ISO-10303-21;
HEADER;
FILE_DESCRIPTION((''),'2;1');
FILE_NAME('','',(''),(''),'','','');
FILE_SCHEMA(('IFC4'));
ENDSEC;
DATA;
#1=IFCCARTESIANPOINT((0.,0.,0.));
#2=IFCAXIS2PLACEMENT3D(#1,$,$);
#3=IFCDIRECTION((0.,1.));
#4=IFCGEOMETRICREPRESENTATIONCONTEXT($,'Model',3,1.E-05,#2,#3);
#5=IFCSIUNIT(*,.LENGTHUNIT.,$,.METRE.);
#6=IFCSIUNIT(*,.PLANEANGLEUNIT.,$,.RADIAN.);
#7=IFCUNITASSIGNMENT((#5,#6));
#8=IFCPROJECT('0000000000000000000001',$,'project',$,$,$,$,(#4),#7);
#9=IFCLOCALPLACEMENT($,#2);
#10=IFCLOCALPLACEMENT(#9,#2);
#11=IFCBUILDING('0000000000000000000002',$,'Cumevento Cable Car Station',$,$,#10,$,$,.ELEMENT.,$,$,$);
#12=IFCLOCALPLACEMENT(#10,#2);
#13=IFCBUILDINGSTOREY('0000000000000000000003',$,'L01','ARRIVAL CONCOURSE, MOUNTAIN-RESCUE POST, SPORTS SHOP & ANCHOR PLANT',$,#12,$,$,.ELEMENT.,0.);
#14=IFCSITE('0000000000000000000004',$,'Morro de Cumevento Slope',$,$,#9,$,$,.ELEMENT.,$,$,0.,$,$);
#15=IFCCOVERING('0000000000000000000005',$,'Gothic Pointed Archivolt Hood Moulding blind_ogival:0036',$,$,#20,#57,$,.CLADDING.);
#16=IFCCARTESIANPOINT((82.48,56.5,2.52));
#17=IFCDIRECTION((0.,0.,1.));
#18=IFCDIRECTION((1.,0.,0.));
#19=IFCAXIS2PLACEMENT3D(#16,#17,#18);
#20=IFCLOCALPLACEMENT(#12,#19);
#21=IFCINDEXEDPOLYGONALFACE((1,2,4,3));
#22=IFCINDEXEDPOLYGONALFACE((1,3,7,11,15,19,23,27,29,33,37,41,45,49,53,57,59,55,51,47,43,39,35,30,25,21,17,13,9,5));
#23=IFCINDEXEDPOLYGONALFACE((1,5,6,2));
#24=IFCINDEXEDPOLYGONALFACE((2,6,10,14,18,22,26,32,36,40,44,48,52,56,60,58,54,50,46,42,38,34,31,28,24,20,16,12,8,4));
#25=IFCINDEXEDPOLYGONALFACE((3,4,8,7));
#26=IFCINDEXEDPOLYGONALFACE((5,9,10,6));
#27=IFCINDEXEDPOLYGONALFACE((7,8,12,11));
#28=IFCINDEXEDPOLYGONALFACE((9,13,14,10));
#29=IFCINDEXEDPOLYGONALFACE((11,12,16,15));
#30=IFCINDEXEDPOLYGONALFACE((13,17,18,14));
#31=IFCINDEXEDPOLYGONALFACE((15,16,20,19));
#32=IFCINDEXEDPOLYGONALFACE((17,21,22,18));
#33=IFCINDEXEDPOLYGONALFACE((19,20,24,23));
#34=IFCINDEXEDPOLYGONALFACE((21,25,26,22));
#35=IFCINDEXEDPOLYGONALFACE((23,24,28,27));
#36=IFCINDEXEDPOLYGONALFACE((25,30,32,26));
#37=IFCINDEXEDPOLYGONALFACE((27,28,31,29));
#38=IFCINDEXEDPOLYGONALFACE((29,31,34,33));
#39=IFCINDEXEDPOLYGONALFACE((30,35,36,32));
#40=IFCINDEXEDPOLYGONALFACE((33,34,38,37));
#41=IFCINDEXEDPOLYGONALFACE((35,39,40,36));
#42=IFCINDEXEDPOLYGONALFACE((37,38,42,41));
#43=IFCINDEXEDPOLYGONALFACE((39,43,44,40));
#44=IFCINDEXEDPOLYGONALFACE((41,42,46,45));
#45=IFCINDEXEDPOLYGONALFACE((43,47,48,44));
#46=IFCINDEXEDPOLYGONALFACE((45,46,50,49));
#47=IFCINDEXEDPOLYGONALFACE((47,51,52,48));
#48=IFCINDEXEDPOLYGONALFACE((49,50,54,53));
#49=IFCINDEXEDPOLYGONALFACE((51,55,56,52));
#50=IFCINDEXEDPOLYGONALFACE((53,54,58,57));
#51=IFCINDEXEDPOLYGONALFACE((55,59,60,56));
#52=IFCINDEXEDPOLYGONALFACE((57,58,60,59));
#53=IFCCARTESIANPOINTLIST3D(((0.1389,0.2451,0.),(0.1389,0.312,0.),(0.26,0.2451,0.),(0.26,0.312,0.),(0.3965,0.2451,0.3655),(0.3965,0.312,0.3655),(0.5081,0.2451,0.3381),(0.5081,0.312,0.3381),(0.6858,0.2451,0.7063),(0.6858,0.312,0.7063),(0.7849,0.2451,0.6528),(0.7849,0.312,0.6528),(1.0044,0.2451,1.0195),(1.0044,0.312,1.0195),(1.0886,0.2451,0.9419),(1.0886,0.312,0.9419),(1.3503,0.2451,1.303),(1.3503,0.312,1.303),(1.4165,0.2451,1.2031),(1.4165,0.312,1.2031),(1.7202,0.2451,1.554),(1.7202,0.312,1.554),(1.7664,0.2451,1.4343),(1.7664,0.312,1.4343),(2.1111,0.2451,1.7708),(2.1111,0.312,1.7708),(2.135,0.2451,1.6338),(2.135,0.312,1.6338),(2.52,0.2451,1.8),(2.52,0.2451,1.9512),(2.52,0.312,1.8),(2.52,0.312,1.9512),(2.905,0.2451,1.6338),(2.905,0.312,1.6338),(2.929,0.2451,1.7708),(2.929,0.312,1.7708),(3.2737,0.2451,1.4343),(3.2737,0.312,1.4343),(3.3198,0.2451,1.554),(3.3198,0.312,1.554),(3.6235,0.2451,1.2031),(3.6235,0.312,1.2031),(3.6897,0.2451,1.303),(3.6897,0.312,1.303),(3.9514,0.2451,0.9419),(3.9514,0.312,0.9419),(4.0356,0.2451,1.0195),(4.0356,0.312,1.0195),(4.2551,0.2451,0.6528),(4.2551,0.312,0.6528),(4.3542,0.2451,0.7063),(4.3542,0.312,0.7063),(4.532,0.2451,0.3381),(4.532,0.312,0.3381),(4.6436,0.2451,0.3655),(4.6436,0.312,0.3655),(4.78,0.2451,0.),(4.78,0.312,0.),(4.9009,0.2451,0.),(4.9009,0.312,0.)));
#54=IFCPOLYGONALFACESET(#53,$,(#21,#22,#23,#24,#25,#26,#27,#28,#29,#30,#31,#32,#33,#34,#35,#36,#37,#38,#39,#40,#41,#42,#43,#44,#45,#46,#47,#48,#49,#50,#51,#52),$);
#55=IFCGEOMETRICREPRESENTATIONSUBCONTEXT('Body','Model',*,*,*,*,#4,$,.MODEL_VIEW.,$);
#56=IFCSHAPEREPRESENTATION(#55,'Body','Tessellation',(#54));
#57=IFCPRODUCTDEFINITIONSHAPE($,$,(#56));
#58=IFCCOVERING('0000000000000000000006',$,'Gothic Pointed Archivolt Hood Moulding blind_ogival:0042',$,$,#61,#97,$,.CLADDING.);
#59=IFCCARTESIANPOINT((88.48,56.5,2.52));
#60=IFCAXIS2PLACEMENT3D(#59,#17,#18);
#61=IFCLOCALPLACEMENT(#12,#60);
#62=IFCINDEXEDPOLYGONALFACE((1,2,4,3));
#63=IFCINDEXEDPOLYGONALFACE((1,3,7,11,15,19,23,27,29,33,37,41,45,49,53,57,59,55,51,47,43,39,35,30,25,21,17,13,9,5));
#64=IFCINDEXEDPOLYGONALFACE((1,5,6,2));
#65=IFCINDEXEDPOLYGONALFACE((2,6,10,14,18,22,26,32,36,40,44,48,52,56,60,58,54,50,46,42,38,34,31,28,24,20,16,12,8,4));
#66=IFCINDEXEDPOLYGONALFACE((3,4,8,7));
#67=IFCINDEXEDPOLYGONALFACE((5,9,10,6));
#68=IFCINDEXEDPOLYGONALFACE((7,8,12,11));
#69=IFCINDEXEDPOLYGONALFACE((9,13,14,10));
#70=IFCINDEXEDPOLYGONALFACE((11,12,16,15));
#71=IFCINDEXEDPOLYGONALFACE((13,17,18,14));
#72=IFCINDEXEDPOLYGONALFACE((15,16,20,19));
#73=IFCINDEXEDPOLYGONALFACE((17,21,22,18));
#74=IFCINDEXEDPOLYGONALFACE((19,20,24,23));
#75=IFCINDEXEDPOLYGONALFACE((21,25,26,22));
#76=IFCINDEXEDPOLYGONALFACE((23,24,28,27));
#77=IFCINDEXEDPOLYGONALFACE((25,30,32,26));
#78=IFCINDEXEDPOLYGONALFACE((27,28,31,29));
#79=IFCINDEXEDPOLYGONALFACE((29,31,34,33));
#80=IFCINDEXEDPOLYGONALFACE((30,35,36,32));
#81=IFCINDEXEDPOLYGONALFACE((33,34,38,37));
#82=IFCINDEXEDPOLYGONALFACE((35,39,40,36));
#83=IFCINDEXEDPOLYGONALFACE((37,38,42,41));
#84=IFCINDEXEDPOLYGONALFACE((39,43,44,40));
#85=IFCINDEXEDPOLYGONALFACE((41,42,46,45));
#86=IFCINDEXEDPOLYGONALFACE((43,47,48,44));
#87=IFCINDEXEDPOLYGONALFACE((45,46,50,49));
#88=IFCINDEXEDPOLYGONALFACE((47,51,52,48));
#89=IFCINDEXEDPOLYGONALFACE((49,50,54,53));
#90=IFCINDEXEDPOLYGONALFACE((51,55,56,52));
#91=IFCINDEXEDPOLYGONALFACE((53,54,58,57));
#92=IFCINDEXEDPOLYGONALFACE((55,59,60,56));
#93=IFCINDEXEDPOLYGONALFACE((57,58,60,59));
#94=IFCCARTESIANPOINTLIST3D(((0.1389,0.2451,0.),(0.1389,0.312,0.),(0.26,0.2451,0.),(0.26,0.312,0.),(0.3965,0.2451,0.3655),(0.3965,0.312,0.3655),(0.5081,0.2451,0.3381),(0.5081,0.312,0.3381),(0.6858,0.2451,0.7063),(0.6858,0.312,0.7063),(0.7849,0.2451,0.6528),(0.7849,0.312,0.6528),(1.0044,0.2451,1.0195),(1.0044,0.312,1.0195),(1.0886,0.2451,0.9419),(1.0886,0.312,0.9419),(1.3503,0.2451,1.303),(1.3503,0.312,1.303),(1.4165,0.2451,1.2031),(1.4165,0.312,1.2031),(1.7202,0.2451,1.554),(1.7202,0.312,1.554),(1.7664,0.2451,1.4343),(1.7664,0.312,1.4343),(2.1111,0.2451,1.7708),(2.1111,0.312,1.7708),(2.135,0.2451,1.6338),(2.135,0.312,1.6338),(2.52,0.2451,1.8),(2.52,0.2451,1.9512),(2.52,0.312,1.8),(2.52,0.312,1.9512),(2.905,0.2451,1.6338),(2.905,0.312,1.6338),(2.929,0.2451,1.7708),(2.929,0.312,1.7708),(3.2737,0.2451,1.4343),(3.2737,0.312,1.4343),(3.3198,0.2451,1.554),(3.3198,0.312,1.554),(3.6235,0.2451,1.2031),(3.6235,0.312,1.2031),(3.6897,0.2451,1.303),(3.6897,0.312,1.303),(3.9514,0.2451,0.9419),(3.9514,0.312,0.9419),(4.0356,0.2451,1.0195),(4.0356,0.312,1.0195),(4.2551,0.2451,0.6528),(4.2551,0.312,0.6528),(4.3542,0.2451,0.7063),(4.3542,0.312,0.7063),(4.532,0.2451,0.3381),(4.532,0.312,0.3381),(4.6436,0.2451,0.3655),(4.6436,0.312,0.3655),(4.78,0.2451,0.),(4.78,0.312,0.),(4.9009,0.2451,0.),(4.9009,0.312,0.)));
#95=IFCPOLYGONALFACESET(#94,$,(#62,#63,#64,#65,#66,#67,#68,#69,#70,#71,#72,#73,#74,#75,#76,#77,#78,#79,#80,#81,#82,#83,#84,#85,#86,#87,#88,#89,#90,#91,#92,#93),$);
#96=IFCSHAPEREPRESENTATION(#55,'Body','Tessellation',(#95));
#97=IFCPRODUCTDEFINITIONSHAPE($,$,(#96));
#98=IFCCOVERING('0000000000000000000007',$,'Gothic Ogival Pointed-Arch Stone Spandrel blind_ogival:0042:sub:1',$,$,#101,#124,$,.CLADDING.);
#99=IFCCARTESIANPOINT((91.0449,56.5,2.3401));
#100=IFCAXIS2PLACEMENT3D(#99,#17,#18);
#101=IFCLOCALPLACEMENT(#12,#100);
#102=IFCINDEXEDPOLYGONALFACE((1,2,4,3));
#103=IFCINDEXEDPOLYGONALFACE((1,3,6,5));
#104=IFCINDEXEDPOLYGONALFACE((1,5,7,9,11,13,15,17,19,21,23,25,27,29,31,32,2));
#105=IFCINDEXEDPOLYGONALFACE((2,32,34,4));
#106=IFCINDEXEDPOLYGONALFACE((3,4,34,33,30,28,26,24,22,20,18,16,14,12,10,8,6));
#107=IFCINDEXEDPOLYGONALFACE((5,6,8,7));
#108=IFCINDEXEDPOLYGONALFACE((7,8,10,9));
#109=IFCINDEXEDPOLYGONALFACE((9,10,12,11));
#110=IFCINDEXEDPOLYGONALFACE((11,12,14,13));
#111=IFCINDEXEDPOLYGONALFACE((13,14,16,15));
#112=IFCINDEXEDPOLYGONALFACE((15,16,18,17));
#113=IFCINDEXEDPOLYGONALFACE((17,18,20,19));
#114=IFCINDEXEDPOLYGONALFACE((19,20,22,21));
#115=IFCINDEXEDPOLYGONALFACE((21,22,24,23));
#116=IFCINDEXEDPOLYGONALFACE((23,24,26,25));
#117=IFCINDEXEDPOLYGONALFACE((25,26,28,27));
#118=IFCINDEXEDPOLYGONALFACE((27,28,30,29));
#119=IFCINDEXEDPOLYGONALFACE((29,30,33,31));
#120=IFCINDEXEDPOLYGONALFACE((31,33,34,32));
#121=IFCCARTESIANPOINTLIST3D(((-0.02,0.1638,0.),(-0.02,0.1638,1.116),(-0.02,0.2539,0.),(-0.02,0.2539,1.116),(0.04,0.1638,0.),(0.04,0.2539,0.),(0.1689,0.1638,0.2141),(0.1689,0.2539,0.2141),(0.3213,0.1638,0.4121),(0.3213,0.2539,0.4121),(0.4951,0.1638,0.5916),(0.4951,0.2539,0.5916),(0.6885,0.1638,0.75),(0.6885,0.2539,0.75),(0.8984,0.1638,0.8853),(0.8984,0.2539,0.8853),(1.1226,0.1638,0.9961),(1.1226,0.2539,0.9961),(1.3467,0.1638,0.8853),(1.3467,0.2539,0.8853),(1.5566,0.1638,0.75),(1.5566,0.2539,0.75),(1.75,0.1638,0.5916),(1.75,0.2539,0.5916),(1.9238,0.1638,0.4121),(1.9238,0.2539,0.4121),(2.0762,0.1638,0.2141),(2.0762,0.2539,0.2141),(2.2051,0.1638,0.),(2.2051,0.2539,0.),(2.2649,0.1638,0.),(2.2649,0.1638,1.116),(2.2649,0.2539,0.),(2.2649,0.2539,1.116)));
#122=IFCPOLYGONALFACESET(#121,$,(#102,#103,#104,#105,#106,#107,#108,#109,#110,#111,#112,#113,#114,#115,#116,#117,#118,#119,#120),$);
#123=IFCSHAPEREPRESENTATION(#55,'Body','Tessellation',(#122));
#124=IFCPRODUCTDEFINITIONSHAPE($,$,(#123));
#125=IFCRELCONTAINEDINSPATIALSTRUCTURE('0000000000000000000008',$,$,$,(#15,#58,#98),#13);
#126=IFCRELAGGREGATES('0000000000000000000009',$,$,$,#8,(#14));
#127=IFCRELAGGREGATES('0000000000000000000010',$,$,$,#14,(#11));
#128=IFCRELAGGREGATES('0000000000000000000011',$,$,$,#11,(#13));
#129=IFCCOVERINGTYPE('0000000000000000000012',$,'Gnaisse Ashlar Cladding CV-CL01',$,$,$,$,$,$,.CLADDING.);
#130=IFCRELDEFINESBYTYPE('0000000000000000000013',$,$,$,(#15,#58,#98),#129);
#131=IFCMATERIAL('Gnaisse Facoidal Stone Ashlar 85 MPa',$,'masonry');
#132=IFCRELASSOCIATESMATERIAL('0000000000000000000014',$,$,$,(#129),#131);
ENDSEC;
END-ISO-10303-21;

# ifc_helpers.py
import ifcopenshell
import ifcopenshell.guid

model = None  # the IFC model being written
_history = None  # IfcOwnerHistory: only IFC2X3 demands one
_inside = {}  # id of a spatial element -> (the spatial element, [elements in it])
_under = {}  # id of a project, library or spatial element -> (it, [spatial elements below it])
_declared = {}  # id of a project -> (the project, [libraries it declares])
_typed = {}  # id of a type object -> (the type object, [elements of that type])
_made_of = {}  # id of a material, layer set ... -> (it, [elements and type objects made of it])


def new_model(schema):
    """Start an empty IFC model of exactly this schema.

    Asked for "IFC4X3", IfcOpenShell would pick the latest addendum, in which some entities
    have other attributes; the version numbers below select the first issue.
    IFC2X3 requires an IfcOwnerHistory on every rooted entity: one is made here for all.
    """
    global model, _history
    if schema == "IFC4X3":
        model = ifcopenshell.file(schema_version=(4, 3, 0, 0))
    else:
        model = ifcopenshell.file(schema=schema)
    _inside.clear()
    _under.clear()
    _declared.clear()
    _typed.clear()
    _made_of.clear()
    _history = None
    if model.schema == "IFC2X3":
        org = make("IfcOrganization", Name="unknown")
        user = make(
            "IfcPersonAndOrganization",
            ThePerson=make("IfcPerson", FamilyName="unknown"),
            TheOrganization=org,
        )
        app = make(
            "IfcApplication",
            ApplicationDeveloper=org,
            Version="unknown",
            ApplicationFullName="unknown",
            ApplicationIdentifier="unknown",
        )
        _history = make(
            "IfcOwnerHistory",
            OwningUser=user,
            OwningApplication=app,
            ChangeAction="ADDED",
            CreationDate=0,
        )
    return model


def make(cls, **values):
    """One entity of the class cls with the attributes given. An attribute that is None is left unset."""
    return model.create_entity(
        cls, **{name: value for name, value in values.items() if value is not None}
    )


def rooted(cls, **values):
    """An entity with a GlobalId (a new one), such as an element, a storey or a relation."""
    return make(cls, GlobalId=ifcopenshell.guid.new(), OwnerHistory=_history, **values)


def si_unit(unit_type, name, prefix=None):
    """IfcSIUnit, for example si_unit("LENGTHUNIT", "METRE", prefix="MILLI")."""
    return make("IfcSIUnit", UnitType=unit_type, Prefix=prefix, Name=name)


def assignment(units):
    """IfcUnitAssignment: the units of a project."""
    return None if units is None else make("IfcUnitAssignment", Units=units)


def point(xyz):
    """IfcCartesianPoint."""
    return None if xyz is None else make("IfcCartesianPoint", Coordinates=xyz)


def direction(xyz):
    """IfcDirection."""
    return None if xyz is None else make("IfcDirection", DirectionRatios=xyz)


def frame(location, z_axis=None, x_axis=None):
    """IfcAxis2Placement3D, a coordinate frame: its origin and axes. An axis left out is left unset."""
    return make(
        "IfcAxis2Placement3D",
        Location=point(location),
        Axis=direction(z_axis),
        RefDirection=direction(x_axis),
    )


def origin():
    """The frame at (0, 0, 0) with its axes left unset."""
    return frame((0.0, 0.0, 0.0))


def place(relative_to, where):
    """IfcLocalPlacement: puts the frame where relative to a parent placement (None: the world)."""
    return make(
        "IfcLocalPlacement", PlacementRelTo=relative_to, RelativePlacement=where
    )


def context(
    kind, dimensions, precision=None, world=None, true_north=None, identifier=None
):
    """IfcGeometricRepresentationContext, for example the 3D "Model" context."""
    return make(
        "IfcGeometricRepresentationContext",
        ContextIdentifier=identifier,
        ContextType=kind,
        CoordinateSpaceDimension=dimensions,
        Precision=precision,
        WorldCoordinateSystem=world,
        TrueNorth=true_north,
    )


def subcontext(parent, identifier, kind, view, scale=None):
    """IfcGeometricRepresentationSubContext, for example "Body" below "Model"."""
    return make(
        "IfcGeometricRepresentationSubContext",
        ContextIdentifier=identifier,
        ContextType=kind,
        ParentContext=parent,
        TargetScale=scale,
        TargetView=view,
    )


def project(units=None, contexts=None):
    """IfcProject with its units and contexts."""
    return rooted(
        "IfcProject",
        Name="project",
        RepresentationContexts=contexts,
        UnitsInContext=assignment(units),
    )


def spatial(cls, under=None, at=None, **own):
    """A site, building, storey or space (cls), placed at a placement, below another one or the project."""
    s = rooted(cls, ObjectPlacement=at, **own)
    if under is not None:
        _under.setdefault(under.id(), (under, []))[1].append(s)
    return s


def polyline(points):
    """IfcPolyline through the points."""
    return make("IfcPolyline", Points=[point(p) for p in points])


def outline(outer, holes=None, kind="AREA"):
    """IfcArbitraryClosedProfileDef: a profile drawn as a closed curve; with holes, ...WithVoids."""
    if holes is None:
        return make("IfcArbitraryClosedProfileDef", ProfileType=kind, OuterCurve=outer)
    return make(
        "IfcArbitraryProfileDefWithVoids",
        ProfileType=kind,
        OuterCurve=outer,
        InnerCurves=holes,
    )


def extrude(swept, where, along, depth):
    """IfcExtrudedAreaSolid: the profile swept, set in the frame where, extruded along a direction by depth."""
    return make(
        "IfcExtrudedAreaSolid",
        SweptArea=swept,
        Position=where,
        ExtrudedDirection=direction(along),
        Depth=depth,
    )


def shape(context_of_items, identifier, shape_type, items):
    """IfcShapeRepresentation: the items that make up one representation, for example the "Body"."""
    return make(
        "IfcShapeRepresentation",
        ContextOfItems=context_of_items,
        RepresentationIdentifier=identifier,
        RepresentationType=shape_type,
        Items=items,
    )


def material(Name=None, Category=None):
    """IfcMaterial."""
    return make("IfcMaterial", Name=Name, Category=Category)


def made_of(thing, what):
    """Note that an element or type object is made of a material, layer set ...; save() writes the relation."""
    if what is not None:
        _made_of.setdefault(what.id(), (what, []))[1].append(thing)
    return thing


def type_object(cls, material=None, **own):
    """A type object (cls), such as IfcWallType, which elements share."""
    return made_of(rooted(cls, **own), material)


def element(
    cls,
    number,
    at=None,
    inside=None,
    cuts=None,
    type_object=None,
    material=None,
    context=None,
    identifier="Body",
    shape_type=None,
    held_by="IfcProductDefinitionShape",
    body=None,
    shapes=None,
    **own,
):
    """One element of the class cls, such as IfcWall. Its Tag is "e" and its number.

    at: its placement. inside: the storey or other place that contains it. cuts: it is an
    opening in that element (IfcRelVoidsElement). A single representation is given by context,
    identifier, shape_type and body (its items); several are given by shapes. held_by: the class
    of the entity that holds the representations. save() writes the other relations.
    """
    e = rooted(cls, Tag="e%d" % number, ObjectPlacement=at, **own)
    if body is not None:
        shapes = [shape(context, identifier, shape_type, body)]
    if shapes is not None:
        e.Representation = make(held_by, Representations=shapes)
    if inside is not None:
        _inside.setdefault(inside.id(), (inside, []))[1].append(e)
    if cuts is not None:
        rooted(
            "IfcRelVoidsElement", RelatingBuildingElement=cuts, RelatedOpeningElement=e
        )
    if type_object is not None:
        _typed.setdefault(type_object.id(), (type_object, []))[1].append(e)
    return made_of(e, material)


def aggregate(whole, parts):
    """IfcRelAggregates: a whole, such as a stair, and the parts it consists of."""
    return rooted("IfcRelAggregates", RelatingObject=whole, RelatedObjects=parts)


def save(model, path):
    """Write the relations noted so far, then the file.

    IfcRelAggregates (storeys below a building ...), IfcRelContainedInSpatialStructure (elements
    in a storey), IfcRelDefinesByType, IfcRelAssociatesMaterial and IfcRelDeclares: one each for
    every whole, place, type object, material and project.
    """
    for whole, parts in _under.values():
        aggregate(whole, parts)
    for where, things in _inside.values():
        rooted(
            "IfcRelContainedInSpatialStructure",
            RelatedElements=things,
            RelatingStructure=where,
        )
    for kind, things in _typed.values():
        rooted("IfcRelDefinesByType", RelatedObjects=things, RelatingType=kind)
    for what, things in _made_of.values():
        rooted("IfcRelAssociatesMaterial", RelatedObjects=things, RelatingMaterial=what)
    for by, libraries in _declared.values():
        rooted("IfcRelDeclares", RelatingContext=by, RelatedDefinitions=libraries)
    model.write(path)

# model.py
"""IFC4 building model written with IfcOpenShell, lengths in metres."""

from ifc_helpers import new_model, si_unit, direction, frame, origin, place, context, subcontext, project, spatial, polyline, outline, extrude, material, type_object, element, save


model = new_model("IFC4")

# Units and contexts
model_context = context("Model", 3, precision=1e-05, world=origin(), true_north=direction((0.0, 1.0)))
body_context = subcontext(model_context, "Body", "Model", "MODEL_VIEW")
ifc_project = project(units=[si_unit("LENGTHUNIT", "METRE"), si_unit("PLANEANGLEUNIT", "RADIAN")], contexts=[model_context])

# Site, building, storey
site_placement = place(None, origin())
site = spatial("IfcSite", under=ifc_project, at=site_placement, Name="Morro de Cumevento Slope", CompositionType="ELEMENT", RefElevation=0.0)
building_placement = place(site_placement, origin())
building = spatial("IfcBuilding", under=site, at=building_placement, Name="Cumevento Cable Car Station", CompositionType="ELEMENT")
storey_placement = place(building_placement, origin())
storey = spatial("IfcBuildingStorey", under=building, at=storey_placement, Name="L01", Description="ARRIVAL CONCOURSE, MOUNTAIN-RESCUE POST, SPORTS SHOP & ANCHOR PLANT", CompositionType="ELEMENT", Elevation=0.0)

# Coverings
ifc_material_1 = material(Name="Gnaisse Facoidal Stone Ashlar 85 MPa", Category="masonry")
covering_type = type_object("IfcCoveringType", Name="Gnaisse Ashlar Cladding CV-CL01", PredefinedType="CLADDING", material=ifc_material_1)
for number, where, z_axis, x_axis, name in (
    (1, (82.48, 56.5, 2.52), (0.0, 0.0, 1.0), (1.0, 0.0, 0.0), "Gothic Pointed Archivolt Hood Moulding blind_ogival:0036"),
    (2, (88.48, 56.5, 2.52), (0.0, 0.0, 1.0), (1.0, 0.0, 0.0), "Gothic Pointed Archivolt Hood Moulding blind_ogival:0042"),
):
    element("IfcCovering", number, at=place(storey_placement, frame(where, z_axis=z_axis, x_axis=x_axis)), inside=storey, type_object=covering_type, Name=name, PredefinedType="CLADDING", context=body_context, shape_type="SweptSolid", body=[
        extrude(outline(polyline([(0.26, 0.0), (0.5081, 0.3381), (0.7849, 0.6528), (1.0886, 0.9419), (1.4165, 1.2031), (1.7664, 1.4343), (2.135, 1.6338), (2.52, 1.8), (2.905, 1.6338), (3.2737, 1.4343), (3.6235, 1.2031), (3.9514, 0.9419), (4.2551, 0.6528), (4.532, 0.3381), (4.78, 0.0), (4.9009, 0.0), (4.6436, 0.3655), (4.3542, 0.7063), (4.0356, 1.0195), (3.6897, 1.303), (3.3198, 1.554), (2.929, 1.7708), (2.52, 1.9512), (2.1111, 1.7708), (1.7202, 1.554), (1.3503, 1.303), (1.0044, 1.0195), (0.6858, 0.7063), (0.3965, 0.3655), (0.1389, 0.0), (0.26, 0.0)])), frame((0.0, 0.312, 0.0), z_axis=(0.0, -1.0, 0.0), x_axis=(1.0, 0.0, 0.0)), (0.0, 0.0, 1.0), 0.0669),
    ])
covering_1_placement = place(storey_placement, frame((91.0449, 56.5, 2.3401), z_axis=(0.0, 0.0, 1.0), x_axis=(1.0, 0.0, 0.0)))
element("IfcCovering", 3, at=covering_1_placement, inside=storey, type_object=covering_type, Name="Gothic Ogival Pointed-Arch Stone Spandrel blind_ogival:0042:sub:1", PredefinedType="CLADDING", context=body_context, shape_type="SweptSolid", body=[
    extrude(outline(polyline([(-0.02, 0.0), (-0.02, 1.116), (2.2649, 1.116), (2.2649, 0.0), (2.2051, 0.0), (2.0762, 0.2141), (1.9238, 0.4121), (1.75, 0.5916), (1.5566, 0.75), (1.3467, 0.8853), (1.1226, 0.9961), (0.8984, 0.8853), (0.6885, 0.75), (0.4951, 0.5916), (0.3213, 0.4121), (0.1689, 0.2141), (0.04, 0.0), (-0.02, 0.0)])), frame((0.0, 0.2539, 0.0), z_axis=(0.0, -1.0, 0.0), x_axis=(1.0, 0.0, 0.0)), (0.0, 0.0, 1.0), 0.0901),
])

save(model, "model.ifc")
